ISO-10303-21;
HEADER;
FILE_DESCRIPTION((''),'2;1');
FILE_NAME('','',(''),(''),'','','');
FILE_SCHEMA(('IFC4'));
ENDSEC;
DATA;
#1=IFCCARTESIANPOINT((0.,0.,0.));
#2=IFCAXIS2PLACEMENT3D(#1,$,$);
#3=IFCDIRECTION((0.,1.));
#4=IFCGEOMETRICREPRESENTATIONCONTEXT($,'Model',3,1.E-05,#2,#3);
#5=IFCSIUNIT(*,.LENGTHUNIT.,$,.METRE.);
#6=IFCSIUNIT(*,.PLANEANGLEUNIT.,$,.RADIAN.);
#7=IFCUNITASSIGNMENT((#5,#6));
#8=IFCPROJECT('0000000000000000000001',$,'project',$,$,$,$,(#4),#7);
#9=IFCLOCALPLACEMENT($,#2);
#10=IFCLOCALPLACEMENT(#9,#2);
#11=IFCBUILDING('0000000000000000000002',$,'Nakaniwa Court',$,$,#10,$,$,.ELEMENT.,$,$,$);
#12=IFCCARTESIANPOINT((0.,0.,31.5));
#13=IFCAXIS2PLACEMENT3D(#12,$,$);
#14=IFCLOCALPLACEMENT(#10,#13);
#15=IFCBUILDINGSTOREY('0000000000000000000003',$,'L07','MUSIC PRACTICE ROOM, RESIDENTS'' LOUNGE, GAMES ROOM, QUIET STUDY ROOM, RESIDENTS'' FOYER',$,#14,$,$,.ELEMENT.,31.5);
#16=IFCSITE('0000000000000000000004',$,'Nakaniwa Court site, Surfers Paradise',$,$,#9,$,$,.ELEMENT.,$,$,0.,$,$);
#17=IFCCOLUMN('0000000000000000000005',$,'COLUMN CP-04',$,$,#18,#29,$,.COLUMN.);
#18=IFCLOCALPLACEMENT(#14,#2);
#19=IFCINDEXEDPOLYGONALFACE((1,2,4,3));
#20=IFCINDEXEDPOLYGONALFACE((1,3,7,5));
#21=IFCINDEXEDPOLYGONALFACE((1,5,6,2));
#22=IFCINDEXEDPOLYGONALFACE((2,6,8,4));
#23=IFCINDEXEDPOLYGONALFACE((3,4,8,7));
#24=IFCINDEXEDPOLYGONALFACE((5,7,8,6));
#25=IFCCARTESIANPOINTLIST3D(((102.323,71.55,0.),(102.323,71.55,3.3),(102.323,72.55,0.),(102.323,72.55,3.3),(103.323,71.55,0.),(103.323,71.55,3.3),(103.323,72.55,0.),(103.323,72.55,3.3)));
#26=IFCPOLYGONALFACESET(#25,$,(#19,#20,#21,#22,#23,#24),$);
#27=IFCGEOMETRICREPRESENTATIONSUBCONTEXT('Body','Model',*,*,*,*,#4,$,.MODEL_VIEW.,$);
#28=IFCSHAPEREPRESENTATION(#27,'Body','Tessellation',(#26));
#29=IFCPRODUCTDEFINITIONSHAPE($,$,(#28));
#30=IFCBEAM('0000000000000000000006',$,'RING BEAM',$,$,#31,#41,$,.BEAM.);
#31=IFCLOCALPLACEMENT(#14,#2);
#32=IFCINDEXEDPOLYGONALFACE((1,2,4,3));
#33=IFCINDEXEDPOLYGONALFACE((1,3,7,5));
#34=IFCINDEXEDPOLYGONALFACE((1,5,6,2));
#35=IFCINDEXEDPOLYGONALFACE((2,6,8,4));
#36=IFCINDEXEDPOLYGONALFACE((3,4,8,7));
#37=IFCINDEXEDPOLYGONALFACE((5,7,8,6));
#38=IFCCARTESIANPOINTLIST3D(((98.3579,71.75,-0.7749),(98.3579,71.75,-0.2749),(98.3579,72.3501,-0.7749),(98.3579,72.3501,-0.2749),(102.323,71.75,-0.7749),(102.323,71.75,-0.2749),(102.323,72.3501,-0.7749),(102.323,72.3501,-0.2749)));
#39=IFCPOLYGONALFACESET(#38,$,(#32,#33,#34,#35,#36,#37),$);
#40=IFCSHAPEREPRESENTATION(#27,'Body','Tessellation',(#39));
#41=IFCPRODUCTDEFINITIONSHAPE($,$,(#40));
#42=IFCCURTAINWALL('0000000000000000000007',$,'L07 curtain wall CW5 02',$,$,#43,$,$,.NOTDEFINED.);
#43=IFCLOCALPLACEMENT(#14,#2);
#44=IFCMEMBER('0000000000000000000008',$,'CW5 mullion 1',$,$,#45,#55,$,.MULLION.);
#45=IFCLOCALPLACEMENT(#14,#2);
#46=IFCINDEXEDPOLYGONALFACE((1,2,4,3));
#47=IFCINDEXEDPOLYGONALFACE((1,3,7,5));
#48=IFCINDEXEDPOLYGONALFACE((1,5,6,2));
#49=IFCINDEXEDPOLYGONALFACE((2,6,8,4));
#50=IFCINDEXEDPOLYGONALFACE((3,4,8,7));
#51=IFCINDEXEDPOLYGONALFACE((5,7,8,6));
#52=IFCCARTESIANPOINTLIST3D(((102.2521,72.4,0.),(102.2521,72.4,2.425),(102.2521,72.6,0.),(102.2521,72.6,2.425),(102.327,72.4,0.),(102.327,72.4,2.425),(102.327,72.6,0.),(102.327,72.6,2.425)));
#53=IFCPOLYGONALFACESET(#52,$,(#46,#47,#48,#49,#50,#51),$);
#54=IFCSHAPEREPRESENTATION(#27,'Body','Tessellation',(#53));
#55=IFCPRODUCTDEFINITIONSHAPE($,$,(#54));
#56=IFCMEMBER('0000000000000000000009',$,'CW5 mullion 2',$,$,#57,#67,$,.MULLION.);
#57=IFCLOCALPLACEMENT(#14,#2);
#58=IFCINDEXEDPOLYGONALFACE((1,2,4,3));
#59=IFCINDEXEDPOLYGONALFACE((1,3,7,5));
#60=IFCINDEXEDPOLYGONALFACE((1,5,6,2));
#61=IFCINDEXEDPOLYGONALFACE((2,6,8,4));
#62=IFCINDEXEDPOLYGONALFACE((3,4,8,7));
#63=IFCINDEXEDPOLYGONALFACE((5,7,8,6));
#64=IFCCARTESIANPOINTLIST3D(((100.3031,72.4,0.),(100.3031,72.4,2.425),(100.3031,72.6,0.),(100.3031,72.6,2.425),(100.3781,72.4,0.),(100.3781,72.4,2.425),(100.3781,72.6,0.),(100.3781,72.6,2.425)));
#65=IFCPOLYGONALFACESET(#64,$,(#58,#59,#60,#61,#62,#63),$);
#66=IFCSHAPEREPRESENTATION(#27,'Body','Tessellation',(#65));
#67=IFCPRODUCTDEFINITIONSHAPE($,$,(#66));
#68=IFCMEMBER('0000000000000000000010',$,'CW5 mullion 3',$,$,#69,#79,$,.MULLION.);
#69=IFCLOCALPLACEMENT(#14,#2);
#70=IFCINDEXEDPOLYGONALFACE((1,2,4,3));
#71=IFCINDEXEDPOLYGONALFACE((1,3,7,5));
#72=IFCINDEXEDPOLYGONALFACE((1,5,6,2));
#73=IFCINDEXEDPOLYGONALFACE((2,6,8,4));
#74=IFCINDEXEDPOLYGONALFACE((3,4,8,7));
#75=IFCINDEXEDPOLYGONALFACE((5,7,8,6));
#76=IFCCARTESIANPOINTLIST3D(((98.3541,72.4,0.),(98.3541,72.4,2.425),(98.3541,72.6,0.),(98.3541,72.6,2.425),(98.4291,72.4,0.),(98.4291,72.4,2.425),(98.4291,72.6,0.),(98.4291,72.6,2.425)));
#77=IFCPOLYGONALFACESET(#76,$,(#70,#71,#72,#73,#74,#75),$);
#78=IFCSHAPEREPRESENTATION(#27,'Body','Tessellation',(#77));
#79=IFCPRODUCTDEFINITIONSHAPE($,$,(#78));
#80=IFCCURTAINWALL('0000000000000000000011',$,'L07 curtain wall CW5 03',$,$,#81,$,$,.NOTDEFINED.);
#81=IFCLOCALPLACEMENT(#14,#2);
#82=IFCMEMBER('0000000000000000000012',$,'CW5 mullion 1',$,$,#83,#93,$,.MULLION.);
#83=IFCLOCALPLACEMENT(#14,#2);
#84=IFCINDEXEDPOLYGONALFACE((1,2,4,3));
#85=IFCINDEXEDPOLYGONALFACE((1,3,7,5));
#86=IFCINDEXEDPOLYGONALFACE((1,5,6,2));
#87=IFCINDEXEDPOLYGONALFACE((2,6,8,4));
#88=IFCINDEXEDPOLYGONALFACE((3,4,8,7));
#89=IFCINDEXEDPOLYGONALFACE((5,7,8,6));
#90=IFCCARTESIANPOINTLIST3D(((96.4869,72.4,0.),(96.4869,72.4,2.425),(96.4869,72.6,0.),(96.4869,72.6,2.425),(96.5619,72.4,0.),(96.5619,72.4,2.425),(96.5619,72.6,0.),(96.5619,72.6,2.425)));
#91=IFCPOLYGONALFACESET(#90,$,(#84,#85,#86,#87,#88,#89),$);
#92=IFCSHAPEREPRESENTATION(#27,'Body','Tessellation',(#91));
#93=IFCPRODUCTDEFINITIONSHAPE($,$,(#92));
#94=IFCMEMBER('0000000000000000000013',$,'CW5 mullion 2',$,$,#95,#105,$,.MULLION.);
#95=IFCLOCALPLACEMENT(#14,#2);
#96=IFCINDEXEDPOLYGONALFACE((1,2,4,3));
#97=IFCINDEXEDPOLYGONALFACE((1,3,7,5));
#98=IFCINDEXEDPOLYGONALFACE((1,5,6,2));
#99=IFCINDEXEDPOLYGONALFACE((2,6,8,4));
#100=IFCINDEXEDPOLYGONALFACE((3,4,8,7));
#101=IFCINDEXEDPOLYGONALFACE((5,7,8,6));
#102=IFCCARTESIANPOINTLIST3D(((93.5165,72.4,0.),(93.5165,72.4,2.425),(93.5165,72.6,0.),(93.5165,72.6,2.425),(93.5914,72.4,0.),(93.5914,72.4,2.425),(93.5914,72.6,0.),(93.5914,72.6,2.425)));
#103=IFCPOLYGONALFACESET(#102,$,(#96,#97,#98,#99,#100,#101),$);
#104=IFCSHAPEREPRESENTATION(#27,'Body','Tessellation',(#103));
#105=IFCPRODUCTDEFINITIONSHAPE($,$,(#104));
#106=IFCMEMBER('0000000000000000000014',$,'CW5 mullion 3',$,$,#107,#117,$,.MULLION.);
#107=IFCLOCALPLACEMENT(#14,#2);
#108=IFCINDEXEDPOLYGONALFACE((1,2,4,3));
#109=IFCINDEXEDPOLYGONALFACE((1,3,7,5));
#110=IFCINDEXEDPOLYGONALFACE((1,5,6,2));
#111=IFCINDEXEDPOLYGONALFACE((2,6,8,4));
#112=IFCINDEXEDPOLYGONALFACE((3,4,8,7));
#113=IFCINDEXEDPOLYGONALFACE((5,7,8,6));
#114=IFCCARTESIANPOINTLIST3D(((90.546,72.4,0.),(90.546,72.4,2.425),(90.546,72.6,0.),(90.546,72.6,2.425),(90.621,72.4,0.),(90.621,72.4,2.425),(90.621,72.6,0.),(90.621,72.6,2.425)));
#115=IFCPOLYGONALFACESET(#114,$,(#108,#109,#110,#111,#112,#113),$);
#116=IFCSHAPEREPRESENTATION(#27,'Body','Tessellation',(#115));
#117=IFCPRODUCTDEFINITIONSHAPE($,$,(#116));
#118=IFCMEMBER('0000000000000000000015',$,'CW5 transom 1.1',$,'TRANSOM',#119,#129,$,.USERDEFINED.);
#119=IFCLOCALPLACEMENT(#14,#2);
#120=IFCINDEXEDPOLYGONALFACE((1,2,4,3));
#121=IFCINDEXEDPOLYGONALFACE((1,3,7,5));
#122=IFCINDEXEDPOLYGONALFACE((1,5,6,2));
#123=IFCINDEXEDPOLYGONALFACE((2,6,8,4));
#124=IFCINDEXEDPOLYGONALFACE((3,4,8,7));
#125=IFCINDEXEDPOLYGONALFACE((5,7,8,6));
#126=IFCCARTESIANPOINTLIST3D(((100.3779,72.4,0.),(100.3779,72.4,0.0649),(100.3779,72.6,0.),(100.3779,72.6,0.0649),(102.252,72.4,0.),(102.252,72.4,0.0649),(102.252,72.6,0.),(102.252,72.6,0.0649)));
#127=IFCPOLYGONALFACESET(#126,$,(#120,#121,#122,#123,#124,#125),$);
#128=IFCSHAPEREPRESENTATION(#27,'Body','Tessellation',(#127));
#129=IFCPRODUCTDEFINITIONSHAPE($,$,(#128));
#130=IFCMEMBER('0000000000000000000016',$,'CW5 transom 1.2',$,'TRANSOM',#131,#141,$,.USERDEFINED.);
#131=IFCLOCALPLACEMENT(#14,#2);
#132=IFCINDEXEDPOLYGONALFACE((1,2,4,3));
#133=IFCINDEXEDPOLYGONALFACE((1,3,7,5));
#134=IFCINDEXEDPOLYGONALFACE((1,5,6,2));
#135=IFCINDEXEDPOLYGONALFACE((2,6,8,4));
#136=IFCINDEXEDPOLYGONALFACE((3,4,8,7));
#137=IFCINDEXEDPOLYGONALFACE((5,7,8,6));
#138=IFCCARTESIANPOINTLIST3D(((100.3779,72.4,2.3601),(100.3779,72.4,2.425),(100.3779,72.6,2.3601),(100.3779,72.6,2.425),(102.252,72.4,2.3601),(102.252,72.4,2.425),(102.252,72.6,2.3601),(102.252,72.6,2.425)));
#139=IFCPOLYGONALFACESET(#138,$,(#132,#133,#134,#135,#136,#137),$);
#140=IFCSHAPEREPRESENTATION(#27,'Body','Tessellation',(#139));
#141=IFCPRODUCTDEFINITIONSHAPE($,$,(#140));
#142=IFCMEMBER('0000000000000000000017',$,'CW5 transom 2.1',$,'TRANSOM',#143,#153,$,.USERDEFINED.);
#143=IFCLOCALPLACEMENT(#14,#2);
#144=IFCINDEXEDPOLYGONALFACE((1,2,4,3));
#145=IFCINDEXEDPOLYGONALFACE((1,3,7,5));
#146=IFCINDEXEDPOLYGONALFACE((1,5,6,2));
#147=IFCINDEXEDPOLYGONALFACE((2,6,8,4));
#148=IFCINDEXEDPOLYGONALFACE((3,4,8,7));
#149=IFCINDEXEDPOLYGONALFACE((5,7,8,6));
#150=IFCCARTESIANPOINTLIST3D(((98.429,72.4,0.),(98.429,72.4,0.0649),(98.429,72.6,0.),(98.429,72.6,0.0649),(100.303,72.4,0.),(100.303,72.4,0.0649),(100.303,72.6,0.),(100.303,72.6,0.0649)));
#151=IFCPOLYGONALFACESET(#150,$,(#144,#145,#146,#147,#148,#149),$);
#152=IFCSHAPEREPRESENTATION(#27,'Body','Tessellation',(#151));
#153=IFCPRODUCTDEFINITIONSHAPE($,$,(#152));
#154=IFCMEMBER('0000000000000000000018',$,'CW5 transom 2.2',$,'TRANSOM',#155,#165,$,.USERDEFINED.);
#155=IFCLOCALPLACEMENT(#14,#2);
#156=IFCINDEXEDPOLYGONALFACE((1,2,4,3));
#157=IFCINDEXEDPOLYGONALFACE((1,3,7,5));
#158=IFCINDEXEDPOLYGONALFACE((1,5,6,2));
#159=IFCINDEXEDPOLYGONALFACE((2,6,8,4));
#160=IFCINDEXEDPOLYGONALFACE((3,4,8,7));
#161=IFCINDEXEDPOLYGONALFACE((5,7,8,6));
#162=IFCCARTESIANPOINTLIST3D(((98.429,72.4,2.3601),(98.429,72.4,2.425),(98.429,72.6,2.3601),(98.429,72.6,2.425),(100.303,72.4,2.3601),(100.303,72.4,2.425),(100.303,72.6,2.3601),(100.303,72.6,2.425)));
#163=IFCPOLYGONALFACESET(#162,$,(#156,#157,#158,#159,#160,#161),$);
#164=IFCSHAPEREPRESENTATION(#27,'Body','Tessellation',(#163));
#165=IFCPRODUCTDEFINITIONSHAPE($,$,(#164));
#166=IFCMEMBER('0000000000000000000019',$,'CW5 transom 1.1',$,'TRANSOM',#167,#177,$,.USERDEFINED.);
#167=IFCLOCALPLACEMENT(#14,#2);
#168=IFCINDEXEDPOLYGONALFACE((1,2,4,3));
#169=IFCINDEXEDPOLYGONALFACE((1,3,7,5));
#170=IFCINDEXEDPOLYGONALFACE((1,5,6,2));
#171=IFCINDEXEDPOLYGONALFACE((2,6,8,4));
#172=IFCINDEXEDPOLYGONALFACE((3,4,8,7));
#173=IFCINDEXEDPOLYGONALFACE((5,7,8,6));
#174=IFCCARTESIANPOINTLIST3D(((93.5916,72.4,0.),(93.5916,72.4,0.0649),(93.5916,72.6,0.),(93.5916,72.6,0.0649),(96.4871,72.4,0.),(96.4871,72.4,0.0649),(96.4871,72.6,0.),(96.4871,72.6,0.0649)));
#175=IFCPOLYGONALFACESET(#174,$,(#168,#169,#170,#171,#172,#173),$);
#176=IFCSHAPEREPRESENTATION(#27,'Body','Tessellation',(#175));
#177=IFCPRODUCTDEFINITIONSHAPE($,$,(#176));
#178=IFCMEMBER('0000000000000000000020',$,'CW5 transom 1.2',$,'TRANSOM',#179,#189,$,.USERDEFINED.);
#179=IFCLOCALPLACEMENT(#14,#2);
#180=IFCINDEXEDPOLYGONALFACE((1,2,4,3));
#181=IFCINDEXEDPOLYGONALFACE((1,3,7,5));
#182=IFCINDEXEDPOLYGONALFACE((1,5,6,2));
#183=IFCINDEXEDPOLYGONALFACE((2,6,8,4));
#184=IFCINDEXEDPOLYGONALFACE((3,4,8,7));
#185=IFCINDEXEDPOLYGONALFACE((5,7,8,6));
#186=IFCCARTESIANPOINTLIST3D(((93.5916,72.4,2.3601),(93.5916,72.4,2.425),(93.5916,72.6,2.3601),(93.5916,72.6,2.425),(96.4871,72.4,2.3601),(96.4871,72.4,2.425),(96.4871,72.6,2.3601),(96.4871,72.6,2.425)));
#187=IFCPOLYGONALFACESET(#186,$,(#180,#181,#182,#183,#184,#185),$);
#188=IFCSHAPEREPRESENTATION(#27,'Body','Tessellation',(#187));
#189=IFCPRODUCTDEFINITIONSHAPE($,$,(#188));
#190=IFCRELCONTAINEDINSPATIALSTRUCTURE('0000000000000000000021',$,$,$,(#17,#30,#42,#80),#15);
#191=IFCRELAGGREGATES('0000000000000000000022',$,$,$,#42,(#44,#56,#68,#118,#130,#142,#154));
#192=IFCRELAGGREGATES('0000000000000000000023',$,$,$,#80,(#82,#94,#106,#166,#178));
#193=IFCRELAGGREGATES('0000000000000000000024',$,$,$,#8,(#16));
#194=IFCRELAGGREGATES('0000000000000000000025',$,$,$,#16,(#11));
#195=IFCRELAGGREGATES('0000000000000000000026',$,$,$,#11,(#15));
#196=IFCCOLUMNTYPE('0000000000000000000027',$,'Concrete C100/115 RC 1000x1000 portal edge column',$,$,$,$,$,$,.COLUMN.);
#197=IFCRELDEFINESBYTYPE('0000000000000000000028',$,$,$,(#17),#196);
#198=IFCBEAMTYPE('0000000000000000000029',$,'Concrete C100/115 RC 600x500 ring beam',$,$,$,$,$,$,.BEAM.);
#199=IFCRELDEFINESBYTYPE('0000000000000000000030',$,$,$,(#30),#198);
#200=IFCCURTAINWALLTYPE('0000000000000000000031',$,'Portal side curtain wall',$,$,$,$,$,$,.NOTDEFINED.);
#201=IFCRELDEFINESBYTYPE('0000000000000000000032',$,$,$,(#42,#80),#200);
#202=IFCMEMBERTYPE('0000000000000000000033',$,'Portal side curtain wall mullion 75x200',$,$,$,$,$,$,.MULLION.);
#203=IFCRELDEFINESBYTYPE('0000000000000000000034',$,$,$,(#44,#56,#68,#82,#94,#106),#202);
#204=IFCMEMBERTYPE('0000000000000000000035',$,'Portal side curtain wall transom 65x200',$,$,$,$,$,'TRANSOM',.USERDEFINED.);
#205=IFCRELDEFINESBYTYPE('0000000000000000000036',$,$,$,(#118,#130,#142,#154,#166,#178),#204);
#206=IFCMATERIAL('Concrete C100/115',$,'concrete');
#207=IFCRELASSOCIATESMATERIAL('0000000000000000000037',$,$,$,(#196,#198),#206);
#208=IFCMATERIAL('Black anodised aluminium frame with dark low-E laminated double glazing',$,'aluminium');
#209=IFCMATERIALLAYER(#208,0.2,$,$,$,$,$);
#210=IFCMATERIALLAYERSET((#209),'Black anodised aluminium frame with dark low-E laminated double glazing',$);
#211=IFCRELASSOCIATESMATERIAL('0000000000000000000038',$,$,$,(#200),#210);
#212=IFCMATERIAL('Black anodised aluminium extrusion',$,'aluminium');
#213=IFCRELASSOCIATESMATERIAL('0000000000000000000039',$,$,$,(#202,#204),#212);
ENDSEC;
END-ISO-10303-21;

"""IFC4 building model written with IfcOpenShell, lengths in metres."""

from ifc_helpers import new_model, si_unit, direction, frame, origin, origin_2d, place, context, subcontext, project, spatial, rectangle, extrude, material, layer, layer_set, material_profile, profile_set, type_object, element, aggregate, save


model = new_model("IFC4")

# Units and contexts
model_context = context("Model", 3, precision=1e-05, world=origin(), true_north=direction((0.0, 1.0)))
body_context = subcontext(model_context, "Body", "Model", "MODEL_VIEW")
ifc_project = project(units=[si_unit("LENGTHUNIT", "METRE"), si_unit("PLANEANGLEUNIT", "RADIAN")], contexts=[model_context])

# Site, building, storey
site_placement = place(None, origin())
site = spatial("IfcSite", under=ifc_project, at=site_placement, Name="Nakaniwa Court site, Surfers Paradise", CompositionType="ELEMENT", RefElevation=0.0)
building_placement = place(site_placement, origin())
building = spatial("IfcBuilding", under=site, at=building_placement, Name="Nakaniwa Court", CompositionType="ELEMENT")
storey_placement = place(building_placement, frame((0.0, 0.0, 31.5)))
storey = spatial("IfcBuildingStorey", under=building, at=storey_placement, Name="L07", Description="MUSIC PRACTICE ROOM, RESIDENTS' LOUNGE, GAMES ROOM, QUIET STUDY ROOM, RESIDENTS' FOYER", CompositionType="ELEMENT", Elevation=31.5)

# Column
ifc_material_1 = material(Name="Concrete C100/115", Category="concrete")
ifc_material_profile_1 = material_profile(ifc_material_1, rectangle(XDim=1.0, YDim=1.0, at=origin_2d()), Name="Concrete C100/115 RC 1000x1000 portal edge column")
ifc_profile_set_1 = profile_set([ifc_material_profile_1], Name="Concrete C100/115")
column_type = type_object("IfcColumnType", Name="Concrete C100/115 RC 1000x1000 portal edge column", PredefinedType="COLUMN", material=ifc_profile_set_1)
column_placement = place(storey_placement, frame((102.823, 72.05, 0.0), z_axis=(0.0, 0.0, 1.0), x_axis=(1.0, 0.0, 0.0)))
element("IfcColumn", 1, at=column_placement, inside=storey, type_object=column_type, Name="COLUMN CP-04", PredefinedType="COLUMN", context=body_context, shape_type="SweptSolid", body=[
    extrude(rectangle(XDim=1.0, YDim=1.0, at=origin_2d()), origin(), (0.0, 0.0, 1.0), 3.3),
])

# Beam
ifc_material_profile_2 = material_profile(ifc_material_1, rectangle(XDim=0.6001, YDim=0.5, at=origin_2d()), Name="Concrete C100/115 RC 600x500 ring beam")
ifc_profile_set_2 = profile_set([ifc_material_profile_2], Name="Concrete C100/115")
beam_type = type_object("IfcBeamType", Name="Concrete C100/115 RC 600x500 ring beam", PredefinedType="BEAM", material=ifc_profile_set_2)
beam_placement = place(storey_placement, frame((98.3579, 72.05, -0.5249), z_axis=(1.0, 0.0, 0.0), x_axis=(0.0, 1.0, 0.0)))
element("IfcBeam", 2, at=beam_placement, inside=storey, type_object=beam_type, Name="RING BEAM", PredefinedType="BEAM", context=body_context, shape_type="SweptSolid", body=[
    extrude(rectangle(XDim=0.6001, YDim=0.5, at=origin_2d()), origin(), (0.0, 0.0, 1.0), 3.9651),
])

# Curtain walls, members
ifc_material_2 = material(Name="Black anodised aluminium frame with dark low-E laminated double glazing", Category="aluminium")
ifc_layer_1 = layer(ifc_material_2, 0.2)
ifc_layer_set_1 = layer_set([ifc_layer_1], Name="Black anodised aluminium frame with dark low-E laminated double glazing")
curtain_wall_type = type_object("IfcCurtainWallType", Name="Portal side curtain wall", PredefinedType="NOTDEFINED", material=ifc_layer_set_1)
curtain_wall_1_placement = place(storey_placement, origin())
curtain_wall_1 = element("IfcCurtainWall", 3, at=curtain_wall_1_placement, inside=storey, type_object=curtain_wall_type, Name="L07 curtain wall CW5 02", PredefinedType="NOTDEFINED")
ifc_material_3 = material(Name="Black anodised aluminium extrusion", Category="aluminium")
ifc_material_profile_3 = material_profile(ifc_material_3, rectangle(XDim=0.2, YDim=0.075, at=origin_2d()), Name="Portal side curtain wall mullion 75x200")
ifc_profile_set_3 = profile_set([ifc_material_profile_3], Name="Black anodised aluminium extrusion")
member_type_1 = type_object("IfcMemberType", Name="Portal side curtain wall mullion 75x200", PredefinedType="MULLION", material=ifc_profile_set_3)
member_1_placement = place(storey_placement, frame((102.2896, 72.5, 0.0), z_axis=(0.0, 0.0, 1.0), x_axis=(0.0, -1.0, 0.0)))
member_1 = element("IfcMember", 4, at=member_1_placement, type_object=member_type_1, Name="CW5 mullion 1", PredefinedType="MULLION", context=body_context, shape_type="SweptSolid", body=[
    extrude(rectangle(XDim=0.2, YDim=0.075, at=origin_2d()), origin(), (0.0, 0.0, 1.0), 2.425),
])
member_2_placement = place(storey_placement, frame((100.3406, 72.5, 0.0), z_axis=(0.0, 0.0, 1.0), x_axis=(0.0, -1.0, 0.0)))
member_2 = element("IfcMember", 5, at=member_2_placement, type_object=member_type_1, Name="CW5 mullion 2", PredefinedType="MULLION", context=body_context, shape_type="SweptSolid", body=[
    extrude(rectangle(XDim=0.2, YDim=0.075, at=origin_2d()), origin(), (0.0, 0.0, 1.0), 2.425),
])
member_3_placement = place(storey_placement, frame((98.3916, 72.5, 0.0), z_axis=(0.0, 0.0, 1.0), x_axis=(0.0, -1.0, 0.0)))
member_3 = element("IfcMember", 6, at=member_3_placement, type_object=member_type_1, Name="CW5 mullion 3", PredefinedType="MULLION", context=body_context, shape_type="SweptSolid", body=[
    extrude(rectangle(XDim=0.2, YDim=0.075, at=origin_2d()), origin(), (0.0, 0.0, 1.0), 2.425),
])
curtain_wall_2_placement = place(storey_placement, origin())
curtain_wall_2 = element("IfcCurtainWall", 7, at=curtain_wall_2_placement, inside=storey, type_object=curtain_wall_type, Name="L07 curtain wall CW5 03", PredefinedType="NOTDEFINED")
member_4_placement = place(storey_placement, frame((96.5244, 72.5, 0.0), z_axis=(0.0, 0.0, 1.0), x_axis=(0.0, -1.0, 0.0)))
member_4 = element("IfcMember", 8, at=member_4_placement, type_object=member_type_1, Name="CW5 mullion 1", PredefinedType="MULLION", context=body_context, shape_type="SweptSolid", body=[
    extrude(rectangle(XDim=0.2, YDim=0.075, at=origin_2d()), origin(), (0.0, 0.0, 1.0), 2.425),
])
member_5_placement = place(storey_placement, frame((93.554, 72.5, 0.0), z_axis=(0.0, 0.0, 1.0), x_axis=(0.0, -1.0, 0.0)))
member_5 = element("IfcMember", 9, at=member_5_placement, type_object=member_type_1, Name="CW5 mullion 2", PredefinedType="MULLION", context=body_context, shape_type="SweptSolid", body=[
    extrude(rectangle(XDim=0.2, YDim=0.075, at=origin_2d()), origin(), (0.0, 0.0, 1.0), 2.425),
])
member_6_placement = place(storey_placement, frame((90.5835, 72.5, 0.0), z_axis=(0.0, 0.0, 1.0), x_axis=(0.0, -1.0, 0.0)))
member_6 = element("IfcMember", 10, at=member_6_placement, type_object=member_type_1, Name="CW5 mullion 3", PredefinedType="MULLION", context=body_context, shape_type="SweptSolid", body=[
    extrude(rectangle(XDim=0.2, YDim=0.075, at=origin_2d()), origin(), (0.0, 0.0, 1.0), 2.425),
])

# Members
ifc_material_profile_4 = material_profile(ifc_material_3, rectangle(XDim=0.2, YDim=0.0649, at=origin_2d()), Name="Portal side curtain wall transom 65x200")
ifc_profile_set_4 = profile_set([ifc_material_profile_4], Name="Black anodised aluminium extrusion")
member_type_2 = type_object("IfcMemberType", Name="Portal side curtain wall transom 65x200", ElementType="TRANSOM", PredefinedType="USERDEFINED", material=ifc_profile_set_4)
member_7_placement = place(storey_placement, frame((102.252, 72.5, 0.0325), z_axis=(-1.0, 0.0, 0.0), x_axis=(0.0, -1.0, 0.0)))
member_7 = element("IfcMember", 11, at=member_7_placement, type_object=member_type_2, Name="CW5 transom 1.1", ObjectType="TRANSOM", PredefinedType="USERDEFINED", context=body_context, shape_type="SweptSolid", body=[
    extrude(rectangle(XDim=0.2, YDim=0.0649, at=origin_2d()), origin(), (0.0, 0.0, 1.0), 1.874),
])
member_8_placement = place(storey_placement, frame((102.252, 72.5, 2.3926), z_axis=(-1.0, 0.0, 0.0), x_axis=(0.0, -1.0, 0.0)))
member_8 = element("IfcMember", 12, at=member_8_placement, type_object=member_type_2, Name="CW5 transom 1.2", ObjectType="TRANSOM", PredefinedType="USERDEFINED", context=body_context, shape_type="SweptSolid", body=[
    extrude(rectangle(XDim=0.2, YDim=0.0649, at=origin_2d()), origin(), (0.0, 0.0, 1.0), 1.874),
])
member_9_placement = place(storey_placement, frame((100.303, 72.5, 0.0325), z_axis=(-1.0, 0.0, 0.0), x_axis=(0.0, -1.0, 0.0)))
member_9 = element("IfcMember", 13, at=member_9_placement, type_object=member_type_2, Name="CW5 transom 2.1", ObjectType="TRANSOM", PredefinedType="USERDEFINED", context=body_context, shape_type="SweptSolid", body=[
    extrude(rectangle(XDim=0.2, YDim=0.0649, at=origin_2d()), origin(), (0.0, 0.0, 1.0), 1.874),
])
member_10_placement = place(storey_placement, frame((100.303, 72.5, 2.3926), z_axis=(-1.0, 0.0, 0.0), x_axis=(0.0, -1.0, 0.0)))
member_10 = element("IfcMember", 14, at=member_10_placement, type_object=member_type_2, Name="CW5 transom 2.2", ObjectType="TRANSOM", PredefinedType="USERDEFINED", context=body_context, shape_type="SweptSolid", body=[
    extrude(rectangle(XDim=0.2, YDim=0.0649, at=origin_2d()), origin(), (0.0, 0.0, 1.0), 1.874),
])
member_11_placement = place(storey_placement, frame((96.4871, 72.5, 0.0325), z_axis=(-1.0, 0.0, 0.0), x_axis=(0.0, -1.0, 0.0)))
member_11 = element("IfcMember", 15, at=member_11_placement, type_object=member_type_2, Name="CW5 transom 1.1", ObjectType="TRANSOM", PredefinedType="USERDEFINED", context=body_context, shape_type="SweptSolid", body=[
    extrude(rectangle(XDim=0.2, YDim=0.0649, at=origin_2d()), origin(), (0.0, 0.0, 1.0), 2.8955),
])
member_12_placement = place(storey_placement, frame((96.4871, 72.5, 2.3926), z_axis=(-1.0, 0.0, 0.0), x_axis=(0.0, -1.0, 0.0)))
member_12 = element("IfcMember", 16, at=member_12_placement, type_object=member_type_2, Name="CW5 transom 1.2", ObjectType="TRANSOM", PredefinedType="USERDEFINED", context=body_context, shape_type="SweptSolid", body=[
    extrude(rectangle(XDim=0.2, YDim=0.0649, at=origin_2d()), origin(), (0.0, 0.0, 1.0), 2.8955),
])

aggregate(curtain_wall_1, [member_1, member_2, member_3, member_7, member_8, member_9, member_10])
aggregate(curtain_wall_2, [member_4, member_5, member_6, member_11, member_12])

save(model, "model.ifc")
